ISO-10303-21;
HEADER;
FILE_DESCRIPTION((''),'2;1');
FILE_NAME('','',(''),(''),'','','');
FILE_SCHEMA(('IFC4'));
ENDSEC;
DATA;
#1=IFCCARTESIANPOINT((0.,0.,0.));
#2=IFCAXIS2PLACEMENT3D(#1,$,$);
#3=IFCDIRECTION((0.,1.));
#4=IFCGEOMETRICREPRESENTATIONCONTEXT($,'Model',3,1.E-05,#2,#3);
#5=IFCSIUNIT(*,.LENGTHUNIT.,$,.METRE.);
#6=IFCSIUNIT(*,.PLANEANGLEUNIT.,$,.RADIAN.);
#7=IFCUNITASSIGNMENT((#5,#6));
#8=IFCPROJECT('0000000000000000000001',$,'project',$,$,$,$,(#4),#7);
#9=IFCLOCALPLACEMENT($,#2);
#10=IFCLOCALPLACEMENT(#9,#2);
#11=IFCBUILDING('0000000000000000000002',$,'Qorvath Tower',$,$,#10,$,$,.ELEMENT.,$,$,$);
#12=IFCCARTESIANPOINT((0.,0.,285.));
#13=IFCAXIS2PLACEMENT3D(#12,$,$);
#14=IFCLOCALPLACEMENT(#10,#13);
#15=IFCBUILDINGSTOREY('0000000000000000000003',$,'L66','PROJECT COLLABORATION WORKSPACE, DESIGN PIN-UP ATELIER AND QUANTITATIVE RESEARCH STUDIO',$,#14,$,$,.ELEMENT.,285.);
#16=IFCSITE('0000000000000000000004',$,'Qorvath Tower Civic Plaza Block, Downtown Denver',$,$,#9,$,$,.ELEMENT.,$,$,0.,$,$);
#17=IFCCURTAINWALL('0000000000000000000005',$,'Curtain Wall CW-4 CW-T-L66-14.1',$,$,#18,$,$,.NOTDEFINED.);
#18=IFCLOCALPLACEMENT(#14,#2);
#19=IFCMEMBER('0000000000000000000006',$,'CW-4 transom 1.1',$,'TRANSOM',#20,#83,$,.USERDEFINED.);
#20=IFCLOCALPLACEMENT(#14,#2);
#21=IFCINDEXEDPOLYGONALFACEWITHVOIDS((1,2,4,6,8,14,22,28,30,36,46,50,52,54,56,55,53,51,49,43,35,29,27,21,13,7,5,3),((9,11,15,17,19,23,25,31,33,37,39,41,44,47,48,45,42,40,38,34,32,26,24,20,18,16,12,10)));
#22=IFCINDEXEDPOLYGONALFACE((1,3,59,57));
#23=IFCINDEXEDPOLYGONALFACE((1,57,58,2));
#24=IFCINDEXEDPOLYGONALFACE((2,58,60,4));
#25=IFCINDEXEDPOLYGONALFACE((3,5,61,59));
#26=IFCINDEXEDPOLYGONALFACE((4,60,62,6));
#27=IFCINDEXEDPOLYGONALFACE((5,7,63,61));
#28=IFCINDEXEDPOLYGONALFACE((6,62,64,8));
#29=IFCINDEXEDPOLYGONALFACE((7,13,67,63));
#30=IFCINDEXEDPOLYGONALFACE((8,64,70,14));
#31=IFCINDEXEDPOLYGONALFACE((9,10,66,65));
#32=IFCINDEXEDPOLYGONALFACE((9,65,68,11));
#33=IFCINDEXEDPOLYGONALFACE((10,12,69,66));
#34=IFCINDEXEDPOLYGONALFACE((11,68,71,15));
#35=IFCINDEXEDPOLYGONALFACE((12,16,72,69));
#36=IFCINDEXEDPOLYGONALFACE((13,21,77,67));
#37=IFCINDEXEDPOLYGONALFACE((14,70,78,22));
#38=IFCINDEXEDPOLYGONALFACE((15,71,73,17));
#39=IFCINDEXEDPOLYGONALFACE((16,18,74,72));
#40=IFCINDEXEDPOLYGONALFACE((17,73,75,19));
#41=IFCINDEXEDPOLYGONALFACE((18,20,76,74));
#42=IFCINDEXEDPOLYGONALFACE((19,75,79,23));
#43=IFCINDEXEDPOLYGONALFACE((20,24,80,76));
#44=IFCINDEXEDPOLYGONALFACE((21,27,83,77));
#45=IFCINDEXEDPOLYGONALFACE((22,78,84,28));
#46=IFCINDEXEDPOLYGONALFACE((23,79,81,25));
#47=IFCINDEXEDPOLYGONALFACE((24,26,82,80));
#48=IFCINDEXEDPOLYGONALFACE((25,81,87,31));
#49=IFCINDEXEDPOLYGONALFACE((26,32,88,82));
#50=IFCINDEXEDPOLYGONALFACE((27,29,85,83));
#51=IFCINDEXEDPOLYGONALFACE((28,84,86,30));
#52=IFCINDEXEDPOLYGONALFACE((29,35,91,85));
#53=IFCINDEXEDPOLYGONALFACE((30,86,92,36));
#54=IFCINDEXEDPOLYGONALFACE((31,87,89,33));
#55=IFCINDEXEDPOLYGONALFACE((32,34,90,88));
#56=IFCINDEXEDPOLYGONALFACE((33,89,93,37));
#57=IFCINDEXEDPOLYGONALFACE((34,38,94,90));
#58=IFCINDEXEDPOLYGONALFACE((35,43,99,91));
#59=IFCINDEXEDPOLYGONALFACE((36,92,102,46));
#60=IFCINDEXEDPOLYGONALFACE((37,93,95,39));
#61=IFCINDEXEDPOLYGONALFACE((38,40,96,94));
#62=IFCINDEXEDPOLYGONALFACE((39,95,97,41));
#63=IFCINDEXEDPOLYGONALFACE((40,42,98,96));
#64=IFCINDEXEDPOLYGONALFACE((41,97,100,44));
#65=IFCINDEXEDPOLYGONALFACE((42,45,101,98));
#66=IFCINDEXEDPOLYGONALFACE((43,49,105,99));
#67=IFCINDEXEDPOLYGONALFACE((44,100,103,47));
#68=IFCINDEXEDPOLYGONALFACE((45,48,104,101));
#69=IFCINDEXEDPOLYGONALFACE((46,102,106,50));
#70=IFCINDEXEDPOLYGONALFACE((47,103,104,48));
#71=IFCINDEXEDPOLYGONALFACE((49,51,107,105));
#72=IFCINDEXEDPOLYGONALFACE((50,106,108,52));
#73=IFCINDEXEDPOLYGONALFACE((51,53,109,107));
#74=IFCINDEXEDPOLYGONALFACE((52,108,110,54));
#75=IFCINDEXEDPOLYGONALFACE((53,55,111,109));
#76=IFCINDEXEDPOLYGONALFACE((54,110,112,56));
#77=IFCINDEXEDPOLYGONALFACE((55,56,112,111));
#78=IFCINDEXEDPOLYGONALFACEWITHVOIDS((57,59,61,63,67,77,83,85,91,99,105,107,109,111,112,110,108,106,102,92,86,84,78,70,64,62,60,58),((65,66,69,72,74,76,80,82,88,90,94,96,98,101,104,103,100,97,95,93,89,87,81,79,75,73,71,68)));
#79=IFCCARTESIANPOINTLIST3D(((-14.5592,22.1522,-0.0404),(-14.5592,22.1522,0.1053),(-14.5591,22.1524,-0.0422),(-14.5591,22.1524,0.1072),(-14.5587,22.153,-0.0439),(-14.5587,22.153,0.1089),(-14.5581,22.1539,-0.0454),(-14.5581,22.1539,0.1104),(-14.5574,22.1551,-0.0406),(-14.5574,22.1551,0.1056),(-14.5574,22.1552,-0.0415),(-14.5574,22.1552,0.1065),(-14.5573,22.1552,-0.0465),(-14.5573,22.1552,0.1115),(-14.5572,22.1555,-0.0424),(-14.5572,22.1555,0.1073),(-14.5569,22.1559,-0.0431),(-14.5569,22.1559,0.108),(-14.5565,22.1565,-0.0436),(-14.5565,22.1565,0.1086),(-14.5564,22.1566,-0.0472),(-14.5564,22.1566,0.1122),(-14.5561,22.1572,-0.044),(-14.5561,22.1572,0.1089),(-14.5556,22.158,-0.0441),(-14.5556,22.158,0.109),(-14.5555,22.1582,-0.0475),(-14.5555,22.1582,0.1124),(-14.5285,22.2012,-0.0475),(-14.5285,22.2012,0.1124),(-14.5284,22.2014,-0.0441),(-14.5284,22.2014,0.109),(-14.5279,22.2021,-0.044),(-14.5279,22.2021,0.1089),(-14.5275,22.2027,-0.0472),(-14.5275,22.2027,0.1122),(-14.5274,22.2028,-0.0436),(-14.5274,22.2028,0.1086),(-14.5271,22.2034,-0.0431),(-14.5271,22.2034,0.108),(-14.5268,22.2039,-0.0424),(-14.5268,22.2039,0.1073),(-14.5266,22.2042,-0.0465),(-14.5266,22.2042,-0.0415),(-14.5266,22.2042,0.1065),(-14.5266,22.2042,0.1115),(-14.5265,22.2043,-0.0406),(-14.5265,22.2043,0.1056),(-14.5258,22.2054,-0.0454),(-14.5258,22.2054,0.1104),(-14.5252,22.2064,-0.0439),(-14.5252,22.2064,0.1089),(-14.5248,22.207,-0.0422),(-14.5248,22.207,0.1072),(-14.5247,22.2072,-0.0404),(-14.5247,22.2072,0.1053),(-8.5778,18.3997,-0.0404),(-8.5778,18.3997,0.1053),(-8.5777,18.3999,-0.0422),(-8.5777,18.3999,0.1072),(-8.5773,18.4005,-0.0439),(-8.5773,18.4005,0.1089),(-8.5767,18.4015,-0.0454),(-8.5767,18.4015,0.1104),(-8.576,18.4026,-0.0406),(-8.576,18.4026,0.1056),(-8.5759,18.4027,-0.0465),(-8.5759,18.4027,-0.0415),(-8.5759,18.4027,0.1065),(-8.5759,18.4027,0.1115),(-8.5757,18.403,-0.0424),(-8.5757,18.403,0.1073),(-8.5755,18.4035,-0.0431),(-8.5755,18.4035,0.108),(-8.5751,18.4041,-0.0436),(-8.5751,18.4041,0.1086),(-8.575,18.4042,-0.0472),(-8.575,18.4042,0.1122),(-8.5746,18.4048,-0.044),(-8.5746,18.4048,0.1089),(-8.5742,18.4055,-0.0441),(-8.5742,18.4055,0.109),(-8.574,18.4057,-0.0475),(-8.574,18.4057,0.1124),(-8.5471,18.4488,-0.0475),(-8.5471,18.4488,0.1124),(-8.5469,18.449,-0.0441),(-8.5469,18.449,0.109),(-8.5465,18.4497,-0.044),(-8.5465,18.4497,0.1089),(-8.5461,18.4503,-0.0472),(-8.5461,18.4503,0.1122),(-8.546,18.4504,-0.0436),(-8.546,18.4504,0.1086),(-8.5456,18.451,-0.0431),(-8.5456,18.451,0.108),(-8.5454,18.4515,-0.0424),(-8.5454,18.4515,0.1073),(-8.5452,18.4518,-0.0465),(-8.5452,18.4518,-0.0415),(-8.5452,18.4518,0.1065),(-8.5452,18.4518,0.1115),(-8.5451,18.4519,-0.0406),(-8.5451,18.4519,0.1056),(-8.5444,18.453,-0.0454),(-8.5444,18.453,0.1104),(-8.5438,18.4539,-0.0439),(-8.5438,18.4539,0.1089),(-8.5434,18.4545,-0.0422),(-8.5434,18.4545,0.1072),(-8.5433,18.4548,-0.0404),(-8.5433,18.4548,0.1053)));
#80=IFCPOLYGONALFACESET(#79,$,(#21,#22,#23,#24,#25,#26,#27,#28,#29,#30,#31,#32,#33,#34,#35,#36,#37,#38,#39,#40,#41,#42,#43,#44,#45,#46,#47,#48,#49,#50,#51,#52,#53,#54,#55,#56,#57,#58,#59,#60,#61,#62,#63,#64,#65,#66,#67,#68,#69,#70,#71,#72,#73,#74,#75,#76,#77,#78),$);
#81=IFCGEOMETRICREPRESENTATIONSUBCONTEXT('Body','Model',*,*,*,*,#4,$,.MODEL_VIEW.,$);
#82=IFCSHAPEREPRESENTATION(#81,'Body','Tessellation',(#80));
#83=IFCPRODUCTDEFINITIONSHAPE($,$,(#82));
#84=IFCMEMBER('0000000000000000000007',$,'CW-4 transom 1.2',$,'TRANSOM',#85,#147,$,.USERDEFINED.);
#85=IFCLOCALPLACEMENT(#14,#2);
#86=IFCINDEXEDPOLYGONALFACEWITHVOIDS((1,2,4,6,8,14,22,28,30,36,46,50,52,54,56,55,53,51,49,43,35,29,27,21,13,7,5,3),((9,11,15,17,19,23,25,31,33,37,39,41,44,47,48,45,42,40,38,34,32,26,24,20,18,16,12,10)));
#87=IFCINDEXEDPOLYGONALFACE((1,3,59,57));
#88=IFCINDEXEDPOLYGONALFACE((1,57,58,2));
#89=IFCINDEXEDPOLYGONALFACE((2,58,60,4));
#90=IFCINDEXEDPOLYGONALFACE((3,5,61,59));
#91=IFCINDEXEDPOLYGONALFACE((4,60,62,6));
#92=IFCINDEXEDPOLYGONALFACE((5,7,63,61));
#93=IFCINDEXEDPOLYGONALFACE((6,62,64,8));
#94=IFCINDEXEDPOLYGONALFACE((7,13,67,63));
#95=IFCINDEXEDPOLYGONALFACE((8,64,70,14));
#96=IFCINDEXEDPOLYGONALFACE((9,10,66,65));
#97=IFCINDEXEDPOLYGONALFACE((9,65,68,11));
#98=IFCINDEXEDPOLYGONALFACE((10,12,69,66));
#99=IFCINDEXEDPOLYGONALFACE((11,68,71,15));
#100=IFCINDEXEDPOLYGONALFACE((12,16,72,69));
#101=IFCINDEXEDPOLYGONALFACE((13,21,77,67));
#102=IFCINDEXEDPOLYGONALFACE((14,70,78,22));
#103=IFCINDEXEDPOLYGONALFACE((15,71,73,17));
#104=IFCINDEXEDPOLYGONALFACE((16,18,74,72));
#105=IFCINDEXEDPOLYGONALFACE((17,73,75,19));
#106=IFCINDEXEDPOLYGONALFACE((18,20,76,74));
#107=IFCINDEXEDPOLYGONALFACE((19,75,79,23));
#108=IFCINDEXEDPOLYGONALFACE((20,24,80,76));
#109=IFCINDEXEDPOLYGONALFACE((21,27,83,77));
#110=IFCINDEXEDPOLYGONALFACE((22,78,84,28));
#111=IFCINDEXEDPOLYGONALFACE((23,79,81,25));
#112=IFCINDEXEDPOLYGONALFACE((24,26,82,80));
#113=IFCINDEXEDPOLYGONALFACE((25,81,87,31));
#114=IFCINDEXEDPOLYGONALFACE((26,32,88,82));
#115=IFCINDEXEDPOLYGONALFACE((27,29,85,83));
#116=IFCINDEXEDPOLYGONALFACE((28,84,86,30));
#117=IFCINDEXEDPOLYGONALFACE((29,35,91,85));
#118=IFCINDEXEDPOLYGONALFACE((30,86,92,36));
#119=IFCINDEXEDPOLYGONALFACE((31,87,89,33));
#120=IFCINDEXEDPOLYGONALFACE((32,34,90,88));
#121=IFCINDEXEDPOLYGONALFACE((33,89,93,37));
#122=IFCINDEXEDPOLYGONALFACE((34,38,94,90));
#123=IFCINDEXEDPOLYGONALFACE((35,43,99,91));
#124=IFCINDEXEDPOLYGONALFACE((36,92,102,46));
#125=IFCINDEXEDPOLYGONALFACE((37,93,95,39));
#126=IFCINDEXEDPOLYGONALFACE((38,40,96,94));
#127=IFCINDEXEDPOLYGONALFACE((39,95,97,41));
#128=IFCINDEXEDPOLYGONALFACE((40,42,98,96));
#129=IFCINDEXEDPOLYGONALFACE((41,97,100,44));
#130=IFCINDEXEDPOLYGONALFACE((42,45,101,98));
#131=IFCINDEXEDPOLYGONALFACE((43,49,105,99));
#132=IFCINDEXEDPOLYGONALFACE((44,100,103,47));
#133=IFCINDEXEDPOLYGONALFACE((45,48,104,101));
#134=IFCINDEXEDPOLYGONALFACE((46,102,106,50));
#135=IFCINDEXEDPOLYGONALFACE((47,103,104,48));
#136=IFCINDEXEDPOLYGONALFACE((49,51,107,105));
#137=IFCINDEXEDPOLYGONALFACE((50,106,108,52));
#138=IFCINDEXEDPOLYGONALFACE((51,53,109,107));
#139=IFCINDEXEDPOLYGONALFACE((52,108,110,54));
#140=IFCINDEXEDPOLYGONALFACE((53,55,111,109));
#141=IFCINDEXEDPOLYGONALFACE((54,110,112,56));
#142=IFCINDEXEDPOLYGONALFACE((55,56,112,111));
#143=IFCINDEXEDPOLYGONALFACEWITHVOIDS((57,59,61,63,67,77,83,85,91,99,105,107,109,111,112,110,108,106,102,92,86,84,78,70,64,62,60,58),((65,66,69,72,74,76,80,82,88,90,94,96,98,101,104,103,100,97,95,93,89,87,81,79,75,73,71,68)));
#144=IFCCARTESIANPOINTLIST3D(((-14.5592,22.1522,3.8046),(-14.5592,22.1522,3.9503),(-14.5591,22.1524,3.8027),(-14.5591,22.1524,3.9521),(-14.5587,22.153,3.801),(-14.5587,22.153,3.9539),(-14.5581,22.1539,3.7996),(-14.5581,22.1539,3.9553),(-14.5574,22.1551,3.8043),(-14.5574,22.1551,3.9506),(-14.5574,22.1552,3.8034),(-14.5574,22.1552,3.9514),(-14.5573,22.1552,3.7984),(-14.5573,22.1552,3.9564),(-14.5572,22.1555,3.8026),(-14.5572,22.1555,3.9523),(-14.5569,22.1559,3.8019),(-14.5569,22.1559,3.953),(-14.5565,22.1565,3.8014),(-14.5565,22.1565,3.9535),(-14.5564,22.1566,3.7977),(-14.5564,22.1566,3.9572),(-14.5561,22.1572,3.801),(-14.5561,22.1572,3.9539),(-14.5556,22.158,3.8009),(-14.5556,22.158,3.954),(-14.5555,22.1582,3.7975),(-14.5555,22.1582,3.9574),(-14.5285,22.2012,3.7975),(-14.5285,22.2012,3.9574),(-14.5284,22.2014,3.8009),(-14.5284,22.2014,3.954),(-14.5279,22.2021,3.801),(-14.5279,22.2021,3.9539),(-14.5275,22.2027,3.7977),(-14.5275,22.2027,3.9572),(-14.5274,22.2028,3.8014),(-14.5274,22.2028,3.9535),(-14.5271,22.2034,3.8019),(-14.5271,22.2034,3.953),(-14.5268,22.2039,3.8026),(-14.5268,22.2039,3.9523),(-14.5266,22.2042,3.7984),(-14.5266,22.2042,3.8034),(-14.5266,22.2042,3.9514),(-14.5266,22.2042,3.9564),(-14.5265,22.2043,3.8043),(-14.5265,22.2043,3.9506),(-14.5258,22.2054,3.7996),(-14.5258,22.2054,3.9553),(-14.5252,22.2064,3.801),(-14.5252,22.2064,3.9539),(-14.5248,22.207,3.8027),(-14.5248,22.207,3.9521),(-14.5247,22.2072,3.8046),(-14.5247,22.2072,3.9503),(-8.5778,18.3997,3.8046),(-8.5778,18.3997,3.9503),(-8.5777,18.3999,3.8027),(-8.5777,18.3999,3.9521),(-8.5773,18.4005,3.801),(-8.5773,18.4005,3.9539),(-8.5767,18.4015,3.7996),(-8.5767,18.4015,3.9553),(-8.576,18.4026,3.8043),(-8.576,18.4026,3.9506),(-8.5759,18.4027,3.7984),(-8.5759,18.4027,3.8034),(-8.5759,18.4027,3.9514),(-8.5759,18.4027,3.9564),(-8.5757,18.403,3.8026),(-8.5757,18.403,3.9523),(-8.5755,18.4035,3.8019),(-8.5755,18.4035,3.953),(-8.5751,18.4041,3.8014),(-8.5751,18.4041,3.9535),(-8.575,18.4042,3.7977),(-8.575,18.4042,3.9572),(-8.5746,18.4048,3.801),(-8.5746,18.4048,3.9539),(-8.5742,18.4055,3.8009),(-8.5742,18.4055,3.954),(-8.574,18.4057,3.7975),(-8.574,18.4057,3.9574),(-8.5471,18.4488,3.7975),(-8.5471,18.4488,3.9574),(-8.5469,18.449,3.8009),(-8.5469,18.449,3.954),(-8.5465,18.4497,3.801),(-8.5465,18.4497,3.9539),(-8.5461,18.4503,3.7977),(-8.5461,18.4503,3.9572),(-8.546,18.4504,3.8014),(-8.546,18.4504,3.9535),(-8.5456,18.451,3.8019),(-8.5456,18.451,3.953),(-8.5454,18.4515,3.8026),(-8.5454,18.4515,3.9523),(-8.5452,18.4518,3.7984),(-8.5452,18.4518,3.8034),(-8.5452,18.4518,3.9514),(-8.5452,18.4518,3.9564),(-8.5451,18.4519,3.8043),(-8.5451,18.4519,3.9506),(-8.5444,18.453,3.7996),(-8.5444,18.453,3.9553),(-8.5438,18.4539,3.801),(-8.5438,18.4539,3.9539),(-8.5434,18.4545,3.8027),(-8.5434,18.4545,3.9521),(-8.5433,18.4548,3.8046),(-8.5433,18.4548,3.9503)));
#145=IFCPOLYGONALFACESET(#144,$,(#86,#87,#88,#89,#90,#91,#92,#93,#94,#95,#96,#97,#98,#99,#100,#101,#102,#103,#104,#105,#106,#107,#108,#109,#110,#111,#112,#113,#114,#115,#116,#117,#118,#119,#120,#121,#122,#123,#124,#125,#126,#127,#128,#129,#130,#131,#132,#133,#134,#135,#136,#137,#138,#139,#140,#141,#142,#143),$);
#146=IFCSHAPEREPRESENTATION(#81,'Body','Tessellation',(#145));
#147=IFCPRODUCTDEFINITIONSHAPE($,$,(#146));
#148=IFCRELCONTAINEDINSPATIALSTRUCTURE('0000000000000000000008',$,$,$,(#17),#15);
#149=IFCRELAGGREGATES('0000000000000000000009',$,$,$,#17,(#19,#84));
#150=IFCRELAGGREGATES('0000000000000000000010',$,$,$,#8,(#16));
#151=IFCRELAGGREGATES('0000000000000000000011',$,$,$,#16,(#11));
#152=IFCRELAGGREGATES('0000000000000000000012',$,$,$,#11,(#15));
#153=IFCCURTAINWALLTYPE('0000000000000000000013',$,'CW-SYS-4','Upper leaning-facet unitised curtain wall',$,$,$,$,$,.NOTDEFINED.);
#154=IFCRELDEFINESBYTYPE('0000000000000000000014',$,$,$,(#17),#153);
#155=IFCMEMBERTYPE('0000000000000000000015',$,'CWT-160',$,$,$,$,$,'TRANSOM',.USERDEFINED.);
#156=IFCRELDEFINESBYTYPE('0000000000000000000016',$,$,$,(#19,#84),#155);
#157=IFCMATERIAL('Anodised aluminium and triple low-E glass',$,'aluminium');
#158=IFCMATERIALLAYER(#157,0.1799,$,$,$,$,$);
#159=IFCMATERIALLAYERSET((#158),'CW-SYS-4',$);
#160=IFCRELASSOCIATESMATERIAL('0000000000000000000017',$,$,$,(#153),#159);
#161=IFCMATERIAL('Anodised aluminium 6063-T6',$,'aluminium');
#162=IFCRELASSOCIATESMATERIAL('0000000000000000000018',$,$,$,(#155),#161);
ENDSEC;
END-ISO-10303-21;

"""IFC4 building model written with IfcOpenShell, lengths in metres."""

from ifc_helpers import new_model, si_unit, direction, frame, origin, origin_2d, place, context, subcontext, project, spatial, hollow_rectangle, extrude, material, layer, layer_set, material_profile, profile_set, type_object, element, aggregate, save


model = new_model("IFC4")

# Units and contexts
model_context = context("Model", 3, precision=1e-05, world=origin(), true_north=direction((0.0, 1.0)))
body_context = subcontext(model_context, "Body", "Model", "MODEL_VIEW")
ifc_project = project(units=[si_unit("LENGTHUNIT", "METRE"), si_unit("PLANEANGLEUNIT", "RADIAN")], contexts=[model_context])

# Site, building, storey
site_placement = place(None, origin())
site = spatial("IfcSite", under=ifc_project, at=site_placement, Name="Qorvath Tower Civic Plaza Block, Downtown Denver", CompositionType="ELEMENT", RefElevation=0.0)
building_placement = place(site_placement, origin())
building = spatial("IfcBuilding", under=site, at=building_placement, Name="Qorvath Tower", CompositionType="ELEMENT")
storey_placement = place(building_placement, frame((0.0, 0.0, 285.0)))
storey = spatial("IfcBuildingStorey", under=building, at=storey_placement, Name="L66", Description="PROJECT COLLABORATION WORKSPACE, DESIGN PIN-UP ATELIER AND QUANTITATIVE RESEARCH STUDIO", CompositionType="ELEMENT", Elevation=285.0)

# Shared definitions
ifc_material_1 = material(Name="Anodised aluminium and triple low-E glass", Category="aluminium")
ifc_layer_1 = layer(ifc_material_1, 0.1799)
ifc_layer_set_1 = layer_set([ifc_layer_1], Name="CW-SYS-4")
curtain_wall_type = type_object("IfcCurtainWallType", Name="CW-SYS-4", Description="Upper leaning-facet unitised curtain wall", PredefinedType="NOTDEFINED", material=ifc_layer_set_1)

# Curtain wall
curtain_wall_1_placement = place(storey_placement, origin())
curtain_wall_1 = element("IfcCurtainWall", 1, at=curtain_wall_1_placement, inside=storey, type_object=curtain_wall_type, Name="Curtain Wall CW-4 CW-T-L66-14.1", PredefinedType="NOTDEFINED")

# Members
ifc_material_2 = material(Name="Anodised aluminium 6063-T6", Category="aluminium")
ifc_material_profile_1 = material_profile(ifc_material_2, hollow_rectangle(XDim=0.0649, YDim=0.1599, WallThickness=0.0034, InnerFilletRadius=0.0034, OuterFilletRadius=0.0071, at=origin_2d()), Name="CWT 160x65")
ifc_profile_set_1 = profile_set([ifc_material_profile_1], Name="Anodised aluminium 6063-T6")
member_type_1 = type_object("IfcMemberType", Name="CWT-160", ElementType="TRANSOM", PredefinedType="USERDEFINED", material=ifc_profile_set_1)
member_1_placement = place(storey_placement, frame((-8.5605, 18.4272, 0.0325), z_axis=(-0.847104, 0.531428, 0.0), x_axis=(-0.531428, -0.847104, 0.0)))
member_1 = element("IfcMember", 2, at=member_1_placement, type_object=member_type_1, Name="CW-4 transom 1.1", ObjectType="TRANSOM", PredefinedType="USERDEFINED", context=body_context, shape_type="SweptSolid", body=[
    extrude(hollow_rectangle(XDim=0.0649, YDim=0.1599, WallThickness=0.0034, InnerFilletRadius=0.0034, OuterFilletRadius=0.0071, at=origin_2d()), origin(), (0.0, 0.0, 1.0), 7.061),
])
member_2_placement = place(storey_placement, frame((-8.5605, 18.4272, 3.8774), z_axis=(-0.847104, 0.531428, 0.0), x_axis=(-0.531428, -0.847104, 0.0)))
member_2 = element("IfcMember", 3, at=member_2_placement, type_object=member_type_1, Name="CW-4 transom 1.2", ObjectType="TRANSOM", PredefinedType="USERDEFINED", context=body_context, shape_type="SweptSolid", body=[
    extrude(hollow_rectangle(XDim=0.0649, YDim=0.1599, WallThickness=0.0034, InnerFilletRadius=0.0034, OuterFilletRadius=0.0071, at=origin_2d()), origin(), (0.0, 0.0, 1.0), 7.061),
])

aggregate(curtain_wall_1, [member_1, member_2])

save(model, "model.ifc")
